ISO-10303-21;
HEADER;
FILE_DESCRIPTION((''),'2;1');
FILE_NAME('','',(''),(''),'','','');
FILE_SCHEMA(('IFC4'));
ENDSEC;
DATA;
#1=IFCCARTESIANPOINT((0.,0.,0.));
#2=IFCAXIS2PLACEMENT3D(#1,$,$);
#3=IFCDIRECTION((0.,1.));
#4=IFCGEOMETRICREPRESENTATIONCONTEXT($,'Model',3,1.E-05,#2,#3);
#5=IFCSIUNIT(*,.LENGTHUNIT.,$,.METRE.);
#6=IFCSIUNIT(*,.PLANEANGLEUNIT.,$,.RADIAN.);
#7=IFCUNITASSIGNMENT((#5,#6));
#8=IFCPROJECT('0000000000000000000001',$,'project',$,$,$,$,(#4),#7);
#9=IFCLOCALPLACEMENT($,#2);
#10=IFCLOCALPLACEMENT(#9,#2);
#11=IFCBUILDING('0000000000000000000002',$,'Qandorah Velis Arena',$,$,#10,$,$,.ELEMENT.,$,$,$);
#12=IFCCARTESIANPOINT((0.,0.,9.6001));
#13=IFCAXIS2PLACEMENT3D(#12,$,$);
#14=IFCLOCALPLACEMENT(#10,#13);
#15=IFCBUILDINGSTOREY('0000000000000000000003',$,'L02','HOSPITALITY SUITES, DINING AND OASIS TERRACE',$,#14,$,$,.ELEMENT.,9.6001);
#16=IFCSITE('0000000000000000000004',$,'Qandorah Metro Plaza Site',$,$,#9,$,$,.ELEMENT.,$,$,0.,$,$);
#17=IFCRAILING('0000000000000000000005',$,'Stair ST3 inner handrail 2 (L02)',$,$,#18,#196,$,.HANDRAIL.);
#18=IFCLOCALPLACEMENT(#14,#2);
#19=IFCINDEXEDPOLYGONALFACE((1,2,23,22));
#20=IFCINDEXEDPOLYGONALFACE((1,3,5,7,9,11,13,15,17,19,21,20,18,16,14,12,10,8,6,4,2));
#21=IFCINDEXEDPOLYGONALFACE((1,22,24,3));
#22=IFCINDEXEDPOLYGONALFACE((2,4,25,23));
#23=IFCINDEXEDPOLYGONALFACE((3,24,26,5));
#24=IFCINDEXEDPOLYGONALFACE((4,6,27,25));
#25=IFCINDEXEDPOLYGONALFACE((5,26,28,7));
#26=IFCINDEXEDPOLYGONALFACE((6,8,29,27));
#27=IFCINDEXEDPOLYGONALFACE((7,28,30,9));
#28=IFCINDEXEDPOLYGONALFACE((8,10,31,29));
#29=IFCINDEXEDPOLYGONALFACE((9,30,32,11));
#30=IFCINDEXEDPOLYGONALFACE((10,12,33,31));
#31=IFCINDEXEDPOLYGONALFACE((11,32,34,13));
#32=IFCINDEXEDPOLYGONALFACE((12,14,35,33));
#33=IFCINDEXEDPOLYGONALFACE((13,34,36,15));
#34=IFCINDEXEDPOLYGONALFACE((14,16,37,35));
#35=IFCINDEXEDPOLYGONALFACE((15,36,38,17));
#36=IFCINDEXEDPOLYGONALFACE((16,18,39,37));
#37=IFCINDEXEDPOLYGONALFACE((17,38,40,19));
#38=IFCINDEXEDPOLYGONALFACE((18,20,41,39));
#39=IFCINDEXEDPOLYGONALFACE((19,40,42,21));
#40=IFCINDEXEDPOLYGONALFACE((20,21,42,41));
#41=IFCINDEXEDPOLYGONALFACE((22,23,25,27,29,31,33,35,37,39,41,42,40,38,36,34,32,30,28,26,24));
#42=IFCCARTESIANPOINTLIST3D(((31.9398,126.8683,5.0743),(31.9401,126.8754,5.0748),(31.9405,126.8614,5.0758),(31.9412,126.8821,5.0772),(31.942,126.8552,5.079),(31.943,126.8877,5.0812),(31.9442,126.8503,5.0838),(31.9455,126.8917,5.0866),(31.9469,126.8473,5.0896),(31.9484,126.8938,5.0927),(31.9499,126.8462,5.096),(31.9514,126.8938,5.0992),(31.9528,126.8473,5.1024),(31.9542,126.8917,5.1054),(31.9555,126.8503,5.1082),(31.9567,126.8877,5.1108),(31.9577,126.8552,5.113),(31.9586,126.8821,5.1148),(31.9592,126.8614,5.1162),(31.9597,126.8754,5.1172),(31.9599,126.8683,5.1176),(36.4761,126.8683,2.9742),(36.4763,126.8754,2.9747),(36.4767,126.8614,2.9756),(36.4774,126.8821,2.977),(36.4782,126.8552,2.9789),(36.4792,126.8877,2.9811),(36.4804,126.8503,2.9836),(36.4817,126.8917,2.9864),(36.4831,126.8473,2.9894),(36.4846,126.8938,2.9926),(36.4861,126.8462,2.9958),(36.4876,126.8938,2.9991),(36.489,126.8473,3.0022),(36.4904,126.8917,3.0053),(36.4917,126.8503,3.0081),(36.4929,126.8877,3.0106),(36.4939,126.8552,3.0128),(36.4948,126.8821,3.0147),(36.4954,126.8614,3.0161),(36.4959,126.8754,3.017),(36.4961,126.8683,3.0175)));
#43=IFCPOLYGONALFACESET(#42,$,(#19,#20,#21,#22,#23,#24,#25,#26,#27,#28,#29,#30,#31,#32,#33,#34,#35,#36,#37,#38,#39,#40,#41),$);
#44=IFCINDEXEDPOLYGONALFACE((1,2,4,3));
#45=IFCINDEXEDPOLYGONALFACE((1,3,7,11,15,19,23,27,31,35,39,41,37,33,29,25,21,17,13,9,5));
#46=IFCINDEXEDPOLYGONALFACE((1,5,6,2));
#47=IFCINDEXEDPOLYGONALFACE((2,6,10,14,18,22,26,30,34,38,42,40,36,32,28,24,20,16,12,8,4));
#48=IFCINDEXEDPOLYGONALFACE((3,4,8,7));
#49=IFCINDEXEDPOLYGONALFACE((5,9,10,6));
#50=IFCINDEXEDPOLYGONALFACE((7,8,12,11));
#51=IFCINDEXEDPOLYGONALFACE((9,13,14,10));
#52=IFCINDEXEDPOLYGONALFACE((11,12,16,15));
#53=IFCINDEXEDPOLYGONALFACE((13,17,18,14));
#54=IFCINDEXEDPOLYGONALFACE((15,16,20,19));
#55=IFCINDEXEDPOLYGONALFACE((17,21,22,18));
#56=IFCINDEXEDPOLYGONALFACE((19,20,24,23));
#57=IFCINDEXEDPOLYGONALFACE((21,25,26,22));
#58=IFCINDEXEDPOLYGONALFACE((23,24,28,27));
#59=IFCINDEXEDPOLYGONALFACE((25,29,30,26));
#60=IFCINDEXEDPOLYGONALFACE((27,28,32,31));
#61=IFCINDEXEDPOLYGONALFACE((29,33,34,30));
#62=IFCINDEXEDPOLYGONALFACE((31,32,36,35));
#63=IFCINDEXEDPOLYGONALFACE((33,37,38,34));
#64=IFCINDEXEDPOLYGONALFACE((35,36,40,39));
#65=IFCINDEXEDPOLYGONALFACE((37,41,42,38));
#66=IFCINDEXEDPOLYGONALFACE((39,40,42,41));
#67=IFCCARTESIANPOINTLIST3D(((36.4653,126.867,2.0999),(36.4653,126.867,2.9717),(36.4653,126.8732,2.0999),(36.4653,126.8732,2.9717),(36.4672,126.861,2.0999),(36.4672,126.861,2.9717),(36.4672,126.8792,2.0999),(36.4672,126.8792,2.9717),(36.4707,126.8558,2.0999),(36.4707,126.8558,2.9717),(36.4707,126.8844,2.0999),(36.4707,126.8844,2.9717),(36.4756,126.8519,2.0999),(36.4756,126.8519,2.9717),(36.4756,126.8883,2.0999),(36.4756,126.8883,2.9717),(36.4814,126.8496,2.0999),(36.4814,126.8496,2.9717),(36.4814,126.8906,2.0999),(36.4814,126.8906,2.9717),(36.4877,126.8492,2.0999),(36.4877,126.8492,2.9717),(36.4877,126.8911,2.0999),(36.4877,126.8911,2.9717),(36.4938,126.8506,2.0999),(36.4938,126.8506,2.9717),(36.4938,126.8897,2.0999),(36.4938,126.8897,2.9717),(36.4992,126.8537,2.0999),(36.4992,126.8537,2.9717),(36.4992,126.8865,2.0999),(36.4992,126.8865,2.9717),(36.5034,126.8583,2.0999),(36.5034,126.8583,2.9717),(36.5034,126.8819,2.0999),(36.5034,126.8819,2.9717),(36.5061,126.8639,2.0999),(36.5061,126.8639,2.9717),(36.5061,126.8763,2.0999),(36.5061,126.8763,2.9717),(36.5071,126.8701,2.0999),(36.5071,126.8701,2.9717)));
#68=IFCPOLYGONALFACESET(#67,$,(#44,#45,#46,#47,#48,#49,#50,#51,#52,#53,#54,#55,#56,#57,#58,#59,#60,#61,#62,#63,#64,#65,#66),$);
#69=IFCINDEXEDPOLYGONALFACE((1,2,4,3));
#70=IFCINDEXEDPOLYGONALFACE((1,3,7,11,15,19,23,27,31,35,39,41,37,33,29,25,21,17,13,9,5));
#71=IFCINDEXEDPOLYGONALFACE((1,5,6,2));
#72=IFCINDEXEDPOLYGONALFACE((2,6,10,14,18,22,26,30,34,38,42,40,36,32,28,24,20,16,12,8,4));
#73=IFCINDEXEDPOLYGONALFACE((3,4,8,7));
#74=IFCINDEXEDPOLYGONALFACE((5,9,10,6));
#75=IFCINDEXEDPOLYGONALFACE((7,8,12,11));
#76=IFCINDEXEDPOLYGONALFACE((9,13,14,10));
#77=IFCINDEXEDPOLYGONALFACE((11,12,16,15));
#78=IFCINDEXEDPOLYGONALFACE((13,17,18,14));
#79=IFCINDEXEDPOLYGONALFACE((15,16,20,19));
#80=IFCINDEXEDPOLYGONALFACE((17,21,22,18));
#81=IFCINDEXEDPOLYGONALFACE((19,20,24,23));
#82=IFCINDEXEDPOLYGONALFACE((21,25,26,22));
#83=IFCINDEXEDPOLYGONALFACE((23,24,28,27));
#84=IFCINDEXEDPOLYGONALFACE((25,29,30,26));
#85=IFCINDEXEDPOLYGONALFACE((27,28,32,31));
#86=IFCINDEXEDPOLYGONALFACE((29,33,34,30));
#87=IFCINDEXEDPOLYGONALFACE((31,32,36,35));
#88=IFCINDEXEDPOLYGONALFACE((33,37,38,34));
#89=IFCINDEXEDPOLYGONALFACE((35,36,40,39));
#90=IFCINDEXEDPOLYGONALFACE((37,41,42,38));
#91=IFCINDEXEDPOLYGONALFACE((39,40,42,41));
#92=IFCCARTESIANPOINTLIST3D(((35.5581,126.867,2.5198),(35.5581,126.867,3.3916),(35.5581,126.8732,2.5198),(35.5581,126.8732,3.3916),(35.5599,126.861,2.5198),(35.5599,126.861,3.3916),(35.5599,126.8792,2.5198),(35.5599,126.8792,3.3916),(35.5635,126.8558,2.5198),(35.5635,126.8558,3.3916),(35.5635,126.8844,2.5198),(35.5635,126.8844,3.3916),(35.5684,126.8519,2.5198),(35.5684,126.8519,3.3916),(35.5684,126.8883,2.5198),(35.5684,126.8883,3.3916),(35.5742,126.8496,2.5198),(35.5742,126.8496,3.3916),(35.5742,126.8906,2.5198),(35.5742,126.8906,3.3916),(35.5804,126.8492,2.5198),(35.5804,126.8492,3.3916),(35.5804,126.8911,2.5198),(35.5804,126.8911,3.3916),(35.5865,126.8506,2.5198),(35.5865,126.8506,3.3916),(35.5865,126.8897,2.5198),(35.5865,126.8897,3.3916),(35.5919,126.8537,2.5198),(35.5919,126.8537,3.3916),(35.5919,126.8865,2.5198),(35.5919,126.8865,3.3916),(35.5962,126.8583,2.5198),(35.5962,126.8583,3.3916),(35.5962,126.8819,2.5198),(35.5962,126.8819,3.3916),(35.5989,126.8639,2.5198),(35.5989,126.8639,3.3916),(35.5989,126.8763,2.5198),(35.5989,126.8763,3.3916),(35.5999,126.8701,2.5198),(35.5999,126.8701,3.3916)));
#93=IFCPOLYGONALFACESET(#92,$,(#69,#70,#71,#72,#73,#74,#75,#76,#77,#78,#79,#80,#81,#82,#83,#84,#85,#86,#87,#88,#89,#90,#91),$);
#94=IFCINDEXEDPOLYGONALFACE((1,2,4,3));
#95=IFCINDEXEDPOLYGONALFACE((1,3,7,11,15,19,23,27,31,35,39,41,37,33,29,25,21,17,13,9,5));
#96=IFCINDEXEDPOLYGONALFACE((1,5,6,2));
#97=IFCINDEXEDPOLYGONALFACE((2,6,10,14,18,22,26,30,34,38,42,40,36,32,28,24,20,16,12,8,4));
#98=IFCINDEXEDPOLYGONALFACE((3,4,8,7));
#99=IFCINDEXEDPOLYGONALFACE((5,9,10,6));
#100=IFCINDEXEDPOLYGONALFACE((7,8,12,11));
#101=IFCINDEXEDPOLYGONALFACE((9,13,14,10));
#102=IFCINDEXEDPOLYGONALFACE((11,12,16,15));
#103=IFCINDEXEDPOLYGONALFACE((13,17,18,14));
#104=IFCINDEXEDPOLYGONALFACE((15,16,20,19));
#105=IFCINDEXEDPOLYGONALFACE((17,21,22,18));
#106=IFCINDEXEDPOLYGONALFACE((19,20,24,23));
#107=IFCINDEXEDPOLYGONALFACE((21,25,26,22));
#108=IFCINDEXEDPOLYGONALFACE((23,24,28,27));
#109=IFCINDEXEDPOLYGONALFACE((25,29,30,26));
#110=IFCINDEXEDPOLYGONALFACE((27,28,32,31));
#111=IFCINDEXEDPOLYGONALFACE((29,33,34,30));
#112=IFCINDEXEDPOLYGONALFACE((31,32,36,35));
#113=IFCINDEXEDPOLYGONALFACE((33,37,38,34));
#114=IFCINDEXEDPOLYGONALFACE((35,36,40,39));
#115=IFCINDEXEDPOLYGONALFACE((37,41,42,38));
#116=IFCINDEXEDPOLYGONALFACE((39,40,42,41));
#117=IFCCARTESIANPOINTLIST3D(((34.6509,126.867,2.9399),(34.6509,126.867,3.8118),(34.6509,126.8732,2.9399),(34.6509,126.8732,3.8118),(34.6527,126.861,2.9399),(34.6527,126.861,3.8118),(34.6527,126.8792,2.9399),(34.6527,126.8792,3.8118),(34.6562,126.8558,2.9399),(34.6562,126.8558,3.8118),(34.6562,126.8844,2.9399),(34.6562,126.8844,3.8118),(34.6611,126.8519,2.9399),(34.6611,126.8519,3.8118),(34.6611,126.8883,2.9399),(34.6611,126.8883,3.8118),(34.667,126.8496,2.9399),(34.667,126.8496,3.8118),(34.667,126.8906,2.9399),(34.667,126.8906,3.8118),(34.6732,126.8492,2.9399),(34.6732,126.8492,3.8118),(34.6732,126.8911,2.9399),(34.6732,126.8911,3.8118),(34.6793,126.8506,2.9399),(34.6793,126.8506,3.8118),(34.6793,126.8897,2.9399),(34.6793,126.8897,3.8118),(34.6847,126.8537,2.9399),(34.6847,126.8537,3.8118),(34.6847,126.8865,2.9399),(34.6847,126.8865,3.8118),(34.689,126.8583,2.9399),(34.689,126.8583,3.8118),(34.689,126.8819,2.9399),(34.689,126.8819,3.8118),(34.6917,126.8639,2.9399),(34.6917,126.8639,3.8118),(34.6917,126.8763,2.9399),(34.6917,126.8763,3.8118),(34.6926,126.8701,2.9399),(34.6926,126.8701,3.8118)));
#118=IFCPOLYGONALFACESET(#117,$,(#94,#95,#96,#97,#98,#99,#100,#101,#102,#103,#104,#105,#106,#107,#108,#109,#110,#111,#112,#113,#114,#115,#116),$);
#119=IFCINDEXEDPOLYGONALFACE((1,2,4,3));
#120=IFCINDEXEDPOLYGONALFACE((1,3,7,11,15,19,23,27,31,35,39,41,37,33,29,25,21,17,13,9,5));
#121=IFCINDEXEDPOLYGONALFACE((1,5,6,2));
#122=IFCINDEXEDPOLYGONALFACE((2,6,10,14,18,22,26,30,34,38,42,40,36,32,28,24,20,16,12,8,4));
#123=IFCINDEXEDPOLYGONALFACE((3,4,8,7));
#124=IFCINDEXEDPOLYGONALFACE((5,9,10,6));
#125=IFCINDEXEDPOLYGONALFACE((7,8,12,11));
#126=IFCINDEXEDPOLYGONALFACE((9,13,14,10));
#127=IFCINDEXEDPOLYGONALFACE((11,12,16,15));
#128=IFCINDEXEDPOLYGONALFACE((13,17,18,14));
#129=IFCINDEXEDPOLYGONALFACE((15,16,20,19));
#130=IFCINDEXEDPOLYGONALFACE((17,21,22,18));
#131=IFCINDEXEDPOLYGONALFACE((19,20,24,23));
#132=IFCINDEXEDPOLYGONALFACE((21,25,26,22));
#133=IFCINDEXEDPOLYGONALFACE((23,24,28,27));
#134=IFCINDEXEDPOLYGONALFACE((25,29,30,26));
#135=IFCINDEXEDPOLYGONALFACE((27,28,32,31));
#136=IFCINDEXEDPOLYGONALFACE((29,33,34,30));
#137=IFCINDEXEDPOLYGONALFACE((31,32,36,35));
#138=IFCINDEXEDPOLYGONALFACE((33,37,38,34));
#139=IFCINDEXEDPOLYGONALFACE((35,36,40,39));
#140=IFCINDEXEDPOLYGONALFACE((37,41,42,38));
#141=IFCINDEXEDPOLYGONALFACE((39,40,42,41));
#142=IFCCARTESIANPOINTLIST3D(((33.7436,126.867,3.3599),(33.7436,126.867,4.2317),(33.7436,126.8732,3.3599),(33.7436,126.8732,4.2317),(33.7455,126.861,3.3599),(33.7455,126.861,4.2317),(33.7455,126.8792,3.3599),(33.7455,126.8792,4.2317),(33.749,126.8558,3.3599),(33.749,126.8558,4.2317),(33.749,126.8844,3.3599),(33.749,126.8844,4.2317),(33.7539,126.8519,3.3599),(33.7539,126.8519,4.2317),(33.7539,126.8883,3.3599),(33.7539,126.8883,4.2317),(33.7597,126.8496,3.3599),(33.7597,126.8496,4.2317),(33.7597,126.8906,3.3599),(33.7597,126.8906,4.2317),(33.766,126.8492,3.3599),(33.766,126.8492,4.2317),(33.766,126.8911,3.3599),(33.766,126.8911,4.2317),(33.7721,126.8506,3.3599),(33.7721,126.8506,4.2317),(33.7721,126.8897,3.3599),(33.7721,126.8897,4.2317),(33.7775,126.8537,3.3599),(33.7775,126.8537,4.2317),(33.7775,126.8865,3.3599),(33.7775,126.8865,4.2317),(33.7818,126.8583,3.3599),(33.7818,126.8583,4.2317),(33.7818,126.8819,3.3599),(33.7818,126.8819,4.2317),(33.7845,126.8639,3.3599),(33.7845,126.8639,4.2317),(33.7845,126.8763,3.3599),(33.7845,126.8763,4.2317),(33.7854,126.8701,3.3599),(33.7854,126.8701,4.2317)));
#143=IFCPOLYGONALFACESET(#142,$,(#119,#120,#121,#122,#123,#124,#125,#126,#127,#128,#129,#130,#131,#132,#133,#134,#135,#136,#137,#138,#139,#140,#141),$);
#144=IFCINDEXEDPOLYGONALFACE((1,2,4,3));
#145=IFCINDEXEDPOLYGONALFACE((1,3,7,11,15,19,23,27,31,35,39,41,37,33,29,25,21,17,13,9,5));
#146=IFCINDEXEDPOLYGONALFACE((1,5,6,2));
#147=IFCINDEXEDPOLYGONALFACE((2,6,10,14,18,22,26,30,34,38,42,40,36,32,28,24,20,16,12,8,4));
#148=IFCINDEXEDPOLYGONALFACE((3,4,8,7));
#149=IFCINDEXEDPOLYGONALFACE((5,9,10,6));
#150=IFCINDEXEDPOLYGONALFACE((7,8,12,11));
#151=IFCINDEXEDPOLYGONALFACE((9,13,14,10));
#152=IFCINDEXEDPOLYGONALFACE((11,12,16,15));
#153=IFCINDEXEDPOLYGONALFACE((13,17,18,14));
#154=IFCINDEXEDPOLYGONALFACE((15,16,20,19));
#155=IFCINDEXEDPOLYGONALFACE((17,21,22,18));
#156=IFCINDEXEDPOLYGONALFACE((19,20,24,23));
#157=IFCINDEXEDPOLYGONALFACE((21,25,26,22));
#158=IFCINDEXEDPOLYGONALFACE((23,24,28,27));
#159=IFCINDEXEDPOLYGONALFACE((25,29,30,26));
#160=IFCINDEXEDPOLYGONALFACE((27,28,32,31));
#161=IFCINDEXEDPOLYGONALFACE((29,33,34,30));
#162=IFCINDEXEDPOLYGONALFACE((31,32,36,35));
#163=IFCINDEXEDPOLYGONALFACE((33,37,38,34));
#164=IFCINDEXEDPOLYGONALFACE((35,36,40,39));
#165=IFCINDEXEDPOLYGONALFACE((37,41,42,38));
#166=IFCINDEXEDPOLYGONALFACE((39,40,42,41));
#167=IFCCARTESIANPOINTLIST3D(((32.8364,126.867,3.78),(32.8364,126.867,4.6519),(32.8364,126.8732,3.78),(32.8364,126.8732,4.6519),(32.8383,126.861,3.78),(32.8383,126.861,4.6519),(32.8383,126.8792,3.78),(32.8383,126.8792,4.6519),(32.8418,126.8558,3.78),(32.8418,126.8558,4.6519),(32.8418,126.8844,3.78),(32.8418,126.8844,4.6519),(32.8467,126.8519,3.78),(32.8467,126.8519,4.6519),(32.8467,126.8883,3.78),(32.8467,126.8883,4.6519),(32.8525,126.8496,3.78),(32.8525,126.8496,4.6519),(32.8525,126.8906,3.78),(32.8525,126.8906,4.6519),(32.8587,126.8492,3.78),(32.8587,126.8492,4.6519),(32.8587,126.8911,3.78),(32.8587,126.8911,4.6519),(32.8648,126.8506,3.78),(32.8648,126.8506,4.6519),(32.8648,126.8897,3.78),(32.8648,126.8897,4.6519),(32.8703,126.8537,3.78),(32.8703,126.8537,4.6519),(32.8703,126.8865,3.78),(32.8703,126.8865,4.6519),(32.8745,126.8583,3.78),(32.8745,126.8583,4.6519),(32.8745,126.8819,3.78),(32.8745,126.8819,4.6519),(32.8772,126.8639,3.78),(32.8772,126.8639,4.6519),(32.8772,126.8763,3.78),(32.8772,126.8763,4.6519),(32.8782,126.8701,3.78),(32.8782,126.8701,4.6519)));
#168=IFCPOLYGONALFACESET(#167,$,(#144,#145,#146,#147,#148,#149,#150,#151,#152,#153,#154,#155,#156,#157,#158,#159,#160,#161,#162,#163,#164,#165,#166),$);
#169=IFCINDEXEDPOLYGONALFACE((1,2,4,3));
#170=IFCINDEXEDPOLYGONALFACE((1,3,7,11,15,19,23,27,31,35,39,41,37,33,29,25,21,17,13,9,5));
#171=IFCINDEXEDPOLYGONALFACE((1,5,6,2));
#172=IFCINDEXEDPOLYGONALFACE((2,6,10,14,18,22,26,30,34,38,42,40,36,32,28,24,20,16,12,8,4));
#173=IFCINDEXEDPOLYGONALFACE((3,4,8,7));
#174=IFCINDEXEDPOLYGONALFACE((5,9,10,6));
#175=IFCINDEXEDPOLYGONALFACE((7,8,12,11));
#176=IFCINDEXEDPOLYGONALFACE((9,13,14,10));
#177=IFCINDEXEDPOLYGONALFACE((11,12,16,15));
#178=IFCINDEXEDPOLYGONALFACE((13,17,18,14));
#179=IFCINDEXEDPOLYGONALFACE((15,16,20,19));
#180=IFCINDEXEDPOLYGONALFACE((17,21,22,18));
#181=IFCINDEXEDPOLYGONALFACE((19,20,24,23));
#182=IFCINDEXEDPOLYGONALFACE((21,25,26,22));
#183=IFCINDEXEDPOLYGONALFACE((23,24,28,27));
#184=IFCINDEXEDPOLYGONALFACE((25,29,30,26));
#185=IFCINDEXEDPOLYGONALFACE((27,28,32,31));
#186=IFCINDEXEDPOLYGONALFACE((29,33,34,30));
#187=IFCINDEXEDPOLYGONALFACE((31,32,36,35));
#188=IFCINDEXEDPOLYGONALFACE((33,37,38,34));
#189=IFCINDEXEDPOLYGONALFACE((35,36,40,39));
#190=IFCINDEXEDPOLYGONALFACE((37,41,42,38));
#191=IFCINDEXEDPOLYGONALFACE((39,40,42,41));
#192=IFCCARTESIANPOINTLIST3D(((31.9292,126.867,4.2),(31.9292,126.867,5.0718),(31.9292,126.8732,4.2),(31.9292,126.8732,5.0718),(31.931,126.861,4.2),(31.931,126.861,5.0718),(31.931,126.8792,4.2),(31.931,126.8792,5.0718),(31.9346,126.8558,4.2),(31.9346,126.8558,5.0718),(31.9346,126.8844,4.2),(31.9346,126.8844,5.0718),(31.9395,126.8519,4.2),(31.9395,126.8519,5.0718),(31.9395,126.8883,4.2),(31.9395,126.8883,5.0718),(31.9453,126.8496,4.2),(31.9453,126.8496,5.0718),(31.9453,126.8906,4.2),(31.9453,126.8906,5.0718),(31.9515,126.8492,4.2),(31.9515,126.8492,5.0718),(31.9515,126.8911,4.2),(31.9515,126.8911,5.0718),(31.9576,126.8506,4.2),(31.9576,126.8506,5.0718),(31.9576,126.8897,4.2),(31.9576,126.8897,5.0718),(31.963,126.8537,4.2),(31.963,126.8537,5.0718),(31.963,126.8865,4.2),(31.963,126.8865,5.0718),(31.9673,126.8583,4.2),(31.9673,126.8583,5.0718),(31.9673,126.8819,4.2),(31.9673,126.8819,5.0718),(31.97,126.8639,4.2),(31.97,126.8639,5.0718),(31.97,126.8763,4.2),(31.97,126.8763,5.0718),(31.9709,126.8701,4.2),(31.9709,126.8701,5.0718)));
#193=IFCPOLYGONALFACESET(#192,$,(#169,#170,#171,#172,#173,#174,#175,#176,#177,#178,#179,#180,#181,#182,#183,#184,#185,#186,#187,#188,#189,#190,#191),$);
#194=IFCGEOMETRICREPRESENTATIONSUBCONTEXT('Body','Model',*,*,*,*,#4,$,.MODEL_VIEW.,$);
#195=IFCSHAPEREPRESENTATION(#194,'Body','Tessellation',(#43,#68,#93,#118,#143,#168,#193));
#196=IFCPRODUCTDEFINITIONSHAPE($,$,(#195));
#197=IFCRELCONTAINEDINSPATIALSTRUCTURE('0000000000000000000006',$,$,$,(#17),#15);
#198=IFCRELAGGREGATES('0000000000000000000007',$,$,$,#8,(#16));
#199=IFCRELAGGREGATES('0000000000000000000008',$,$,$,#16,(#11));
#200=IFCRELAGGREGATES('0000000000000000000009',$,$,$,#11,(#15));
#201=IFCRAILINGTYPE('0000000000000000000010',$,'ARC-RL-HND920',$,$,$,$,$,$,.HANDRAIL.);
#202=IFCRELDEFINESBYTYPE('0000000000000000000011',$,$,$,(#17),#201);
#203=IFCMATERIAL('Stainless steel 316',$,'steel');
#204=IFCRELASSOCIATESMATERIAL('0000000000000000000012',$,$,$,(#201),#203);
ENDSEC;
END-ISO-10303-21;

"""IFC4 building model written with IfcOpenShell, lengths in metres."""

from ifc_helpers import new_model, si_unit, direction, frame, origin, origin_2d, place, context, subcontext, project, spatial, circle, extrude, material, type_object, element, save


model = new_model("IFC4")

# Units and contexts
model_context = context("Model", 3, precision=1e-05, world=origin(), true_north=direction((0.0, 1.0)))
body_context = subcontext(model_context, "Body", "Model", "MODEL_VIEW")
ifc_project = project(units=[si_unit("LENGTHUNIT", "METRE"), si_unit("PLANEANGLEUNIT", "RADIAN")], contexts=[model_context])

# Site, building, storey
site_placement = place(None, origin())
site = spatial("IfcSite", under=ifc_project, at=site_placement, Name="Qandorah Metro Plaza Site", CompositionType="ELEMENT", RefElevation=0.0)
building_placement = place(site_placement, origin())
building = spatial("IfcBuilding", under=site, at=building_placement, Name="Qandorah Velis Arena", CompositionType="ELEMENT")
storey_placement = place(building_placement, frame((0.0, 0.0, 9.6001)))
storey = spatial("IfcBuildingStorey", under=building, at=storey_placement, Name="L02", Description="HOSPITALITY SUITES, DINING AND OASIS TERRACE", CompositionType="ELEMENT", Elevation=9.6001)

# Railing
ifc_material_1 = material(Name="Stainless steel 316", Category="steel")
railing_type_1 = type_object("IfcRailingType", Name="ARC-RL-HND920", PredefinedType="HANDRAIL", material=ifc_material_1)
railing_1_placement = place(storey_placement, frame((36.4861, 126.8701, 2.0999)))
element("IfcRailing", 1, at=railing_1_placement, inside=storey, type_object=railing_type_1, Name="Stair ST3 inner handrail 2 (L02)", PredefinedType="HANDRAIL", context=body_context, shape_type="SweptSolid", body=[
    extrude(circle(Radius=0.0239, at=origin_2d()), frame((0.0, 0.0, 0.896), z_axis=(-0.907464, 0.0, 0.42013), x_axis=(0.0, -1.0, 0.0)), (0.0, 0.0, 1.0), 4.9988),
    extrude(circle(Radius=0.021, at=origin_2d()), origin(), (0.0, 0.0, 1.0), 0.8718),
    extrude(circle(Radius=0.021, at=origin_2d()), frame((-0.9072, 0.0, 0.4199)), (0.0, 0.0, 1.0), 0.8718),
    extrude(circle(Radius=0.021, at=origin_2d()), frame((-1.8145, 0.0, 0.8401)), (0.0, 0.0, 1.0), 0.8718),
    extrude(circle(Radius=0.021, at=origin_2d()), frame((-2.7217, 0.0, 1.26)), (0.0, 0.0, 1.0), 0.8718),
    extrude(circle(Radius=0.021, at=origin_2d()), frame((-3.6289, 0.0, 1.6802)), (0.0, 0.0, 1.0), 0.8718),
    extrude(circle(Radius=0.021, at=origin_2d()), frame((-4.5361, 0.0, 2.1001)), (0.0, 0.0, 1.0), 0.8718),
])

save(model, "model.ifc")
